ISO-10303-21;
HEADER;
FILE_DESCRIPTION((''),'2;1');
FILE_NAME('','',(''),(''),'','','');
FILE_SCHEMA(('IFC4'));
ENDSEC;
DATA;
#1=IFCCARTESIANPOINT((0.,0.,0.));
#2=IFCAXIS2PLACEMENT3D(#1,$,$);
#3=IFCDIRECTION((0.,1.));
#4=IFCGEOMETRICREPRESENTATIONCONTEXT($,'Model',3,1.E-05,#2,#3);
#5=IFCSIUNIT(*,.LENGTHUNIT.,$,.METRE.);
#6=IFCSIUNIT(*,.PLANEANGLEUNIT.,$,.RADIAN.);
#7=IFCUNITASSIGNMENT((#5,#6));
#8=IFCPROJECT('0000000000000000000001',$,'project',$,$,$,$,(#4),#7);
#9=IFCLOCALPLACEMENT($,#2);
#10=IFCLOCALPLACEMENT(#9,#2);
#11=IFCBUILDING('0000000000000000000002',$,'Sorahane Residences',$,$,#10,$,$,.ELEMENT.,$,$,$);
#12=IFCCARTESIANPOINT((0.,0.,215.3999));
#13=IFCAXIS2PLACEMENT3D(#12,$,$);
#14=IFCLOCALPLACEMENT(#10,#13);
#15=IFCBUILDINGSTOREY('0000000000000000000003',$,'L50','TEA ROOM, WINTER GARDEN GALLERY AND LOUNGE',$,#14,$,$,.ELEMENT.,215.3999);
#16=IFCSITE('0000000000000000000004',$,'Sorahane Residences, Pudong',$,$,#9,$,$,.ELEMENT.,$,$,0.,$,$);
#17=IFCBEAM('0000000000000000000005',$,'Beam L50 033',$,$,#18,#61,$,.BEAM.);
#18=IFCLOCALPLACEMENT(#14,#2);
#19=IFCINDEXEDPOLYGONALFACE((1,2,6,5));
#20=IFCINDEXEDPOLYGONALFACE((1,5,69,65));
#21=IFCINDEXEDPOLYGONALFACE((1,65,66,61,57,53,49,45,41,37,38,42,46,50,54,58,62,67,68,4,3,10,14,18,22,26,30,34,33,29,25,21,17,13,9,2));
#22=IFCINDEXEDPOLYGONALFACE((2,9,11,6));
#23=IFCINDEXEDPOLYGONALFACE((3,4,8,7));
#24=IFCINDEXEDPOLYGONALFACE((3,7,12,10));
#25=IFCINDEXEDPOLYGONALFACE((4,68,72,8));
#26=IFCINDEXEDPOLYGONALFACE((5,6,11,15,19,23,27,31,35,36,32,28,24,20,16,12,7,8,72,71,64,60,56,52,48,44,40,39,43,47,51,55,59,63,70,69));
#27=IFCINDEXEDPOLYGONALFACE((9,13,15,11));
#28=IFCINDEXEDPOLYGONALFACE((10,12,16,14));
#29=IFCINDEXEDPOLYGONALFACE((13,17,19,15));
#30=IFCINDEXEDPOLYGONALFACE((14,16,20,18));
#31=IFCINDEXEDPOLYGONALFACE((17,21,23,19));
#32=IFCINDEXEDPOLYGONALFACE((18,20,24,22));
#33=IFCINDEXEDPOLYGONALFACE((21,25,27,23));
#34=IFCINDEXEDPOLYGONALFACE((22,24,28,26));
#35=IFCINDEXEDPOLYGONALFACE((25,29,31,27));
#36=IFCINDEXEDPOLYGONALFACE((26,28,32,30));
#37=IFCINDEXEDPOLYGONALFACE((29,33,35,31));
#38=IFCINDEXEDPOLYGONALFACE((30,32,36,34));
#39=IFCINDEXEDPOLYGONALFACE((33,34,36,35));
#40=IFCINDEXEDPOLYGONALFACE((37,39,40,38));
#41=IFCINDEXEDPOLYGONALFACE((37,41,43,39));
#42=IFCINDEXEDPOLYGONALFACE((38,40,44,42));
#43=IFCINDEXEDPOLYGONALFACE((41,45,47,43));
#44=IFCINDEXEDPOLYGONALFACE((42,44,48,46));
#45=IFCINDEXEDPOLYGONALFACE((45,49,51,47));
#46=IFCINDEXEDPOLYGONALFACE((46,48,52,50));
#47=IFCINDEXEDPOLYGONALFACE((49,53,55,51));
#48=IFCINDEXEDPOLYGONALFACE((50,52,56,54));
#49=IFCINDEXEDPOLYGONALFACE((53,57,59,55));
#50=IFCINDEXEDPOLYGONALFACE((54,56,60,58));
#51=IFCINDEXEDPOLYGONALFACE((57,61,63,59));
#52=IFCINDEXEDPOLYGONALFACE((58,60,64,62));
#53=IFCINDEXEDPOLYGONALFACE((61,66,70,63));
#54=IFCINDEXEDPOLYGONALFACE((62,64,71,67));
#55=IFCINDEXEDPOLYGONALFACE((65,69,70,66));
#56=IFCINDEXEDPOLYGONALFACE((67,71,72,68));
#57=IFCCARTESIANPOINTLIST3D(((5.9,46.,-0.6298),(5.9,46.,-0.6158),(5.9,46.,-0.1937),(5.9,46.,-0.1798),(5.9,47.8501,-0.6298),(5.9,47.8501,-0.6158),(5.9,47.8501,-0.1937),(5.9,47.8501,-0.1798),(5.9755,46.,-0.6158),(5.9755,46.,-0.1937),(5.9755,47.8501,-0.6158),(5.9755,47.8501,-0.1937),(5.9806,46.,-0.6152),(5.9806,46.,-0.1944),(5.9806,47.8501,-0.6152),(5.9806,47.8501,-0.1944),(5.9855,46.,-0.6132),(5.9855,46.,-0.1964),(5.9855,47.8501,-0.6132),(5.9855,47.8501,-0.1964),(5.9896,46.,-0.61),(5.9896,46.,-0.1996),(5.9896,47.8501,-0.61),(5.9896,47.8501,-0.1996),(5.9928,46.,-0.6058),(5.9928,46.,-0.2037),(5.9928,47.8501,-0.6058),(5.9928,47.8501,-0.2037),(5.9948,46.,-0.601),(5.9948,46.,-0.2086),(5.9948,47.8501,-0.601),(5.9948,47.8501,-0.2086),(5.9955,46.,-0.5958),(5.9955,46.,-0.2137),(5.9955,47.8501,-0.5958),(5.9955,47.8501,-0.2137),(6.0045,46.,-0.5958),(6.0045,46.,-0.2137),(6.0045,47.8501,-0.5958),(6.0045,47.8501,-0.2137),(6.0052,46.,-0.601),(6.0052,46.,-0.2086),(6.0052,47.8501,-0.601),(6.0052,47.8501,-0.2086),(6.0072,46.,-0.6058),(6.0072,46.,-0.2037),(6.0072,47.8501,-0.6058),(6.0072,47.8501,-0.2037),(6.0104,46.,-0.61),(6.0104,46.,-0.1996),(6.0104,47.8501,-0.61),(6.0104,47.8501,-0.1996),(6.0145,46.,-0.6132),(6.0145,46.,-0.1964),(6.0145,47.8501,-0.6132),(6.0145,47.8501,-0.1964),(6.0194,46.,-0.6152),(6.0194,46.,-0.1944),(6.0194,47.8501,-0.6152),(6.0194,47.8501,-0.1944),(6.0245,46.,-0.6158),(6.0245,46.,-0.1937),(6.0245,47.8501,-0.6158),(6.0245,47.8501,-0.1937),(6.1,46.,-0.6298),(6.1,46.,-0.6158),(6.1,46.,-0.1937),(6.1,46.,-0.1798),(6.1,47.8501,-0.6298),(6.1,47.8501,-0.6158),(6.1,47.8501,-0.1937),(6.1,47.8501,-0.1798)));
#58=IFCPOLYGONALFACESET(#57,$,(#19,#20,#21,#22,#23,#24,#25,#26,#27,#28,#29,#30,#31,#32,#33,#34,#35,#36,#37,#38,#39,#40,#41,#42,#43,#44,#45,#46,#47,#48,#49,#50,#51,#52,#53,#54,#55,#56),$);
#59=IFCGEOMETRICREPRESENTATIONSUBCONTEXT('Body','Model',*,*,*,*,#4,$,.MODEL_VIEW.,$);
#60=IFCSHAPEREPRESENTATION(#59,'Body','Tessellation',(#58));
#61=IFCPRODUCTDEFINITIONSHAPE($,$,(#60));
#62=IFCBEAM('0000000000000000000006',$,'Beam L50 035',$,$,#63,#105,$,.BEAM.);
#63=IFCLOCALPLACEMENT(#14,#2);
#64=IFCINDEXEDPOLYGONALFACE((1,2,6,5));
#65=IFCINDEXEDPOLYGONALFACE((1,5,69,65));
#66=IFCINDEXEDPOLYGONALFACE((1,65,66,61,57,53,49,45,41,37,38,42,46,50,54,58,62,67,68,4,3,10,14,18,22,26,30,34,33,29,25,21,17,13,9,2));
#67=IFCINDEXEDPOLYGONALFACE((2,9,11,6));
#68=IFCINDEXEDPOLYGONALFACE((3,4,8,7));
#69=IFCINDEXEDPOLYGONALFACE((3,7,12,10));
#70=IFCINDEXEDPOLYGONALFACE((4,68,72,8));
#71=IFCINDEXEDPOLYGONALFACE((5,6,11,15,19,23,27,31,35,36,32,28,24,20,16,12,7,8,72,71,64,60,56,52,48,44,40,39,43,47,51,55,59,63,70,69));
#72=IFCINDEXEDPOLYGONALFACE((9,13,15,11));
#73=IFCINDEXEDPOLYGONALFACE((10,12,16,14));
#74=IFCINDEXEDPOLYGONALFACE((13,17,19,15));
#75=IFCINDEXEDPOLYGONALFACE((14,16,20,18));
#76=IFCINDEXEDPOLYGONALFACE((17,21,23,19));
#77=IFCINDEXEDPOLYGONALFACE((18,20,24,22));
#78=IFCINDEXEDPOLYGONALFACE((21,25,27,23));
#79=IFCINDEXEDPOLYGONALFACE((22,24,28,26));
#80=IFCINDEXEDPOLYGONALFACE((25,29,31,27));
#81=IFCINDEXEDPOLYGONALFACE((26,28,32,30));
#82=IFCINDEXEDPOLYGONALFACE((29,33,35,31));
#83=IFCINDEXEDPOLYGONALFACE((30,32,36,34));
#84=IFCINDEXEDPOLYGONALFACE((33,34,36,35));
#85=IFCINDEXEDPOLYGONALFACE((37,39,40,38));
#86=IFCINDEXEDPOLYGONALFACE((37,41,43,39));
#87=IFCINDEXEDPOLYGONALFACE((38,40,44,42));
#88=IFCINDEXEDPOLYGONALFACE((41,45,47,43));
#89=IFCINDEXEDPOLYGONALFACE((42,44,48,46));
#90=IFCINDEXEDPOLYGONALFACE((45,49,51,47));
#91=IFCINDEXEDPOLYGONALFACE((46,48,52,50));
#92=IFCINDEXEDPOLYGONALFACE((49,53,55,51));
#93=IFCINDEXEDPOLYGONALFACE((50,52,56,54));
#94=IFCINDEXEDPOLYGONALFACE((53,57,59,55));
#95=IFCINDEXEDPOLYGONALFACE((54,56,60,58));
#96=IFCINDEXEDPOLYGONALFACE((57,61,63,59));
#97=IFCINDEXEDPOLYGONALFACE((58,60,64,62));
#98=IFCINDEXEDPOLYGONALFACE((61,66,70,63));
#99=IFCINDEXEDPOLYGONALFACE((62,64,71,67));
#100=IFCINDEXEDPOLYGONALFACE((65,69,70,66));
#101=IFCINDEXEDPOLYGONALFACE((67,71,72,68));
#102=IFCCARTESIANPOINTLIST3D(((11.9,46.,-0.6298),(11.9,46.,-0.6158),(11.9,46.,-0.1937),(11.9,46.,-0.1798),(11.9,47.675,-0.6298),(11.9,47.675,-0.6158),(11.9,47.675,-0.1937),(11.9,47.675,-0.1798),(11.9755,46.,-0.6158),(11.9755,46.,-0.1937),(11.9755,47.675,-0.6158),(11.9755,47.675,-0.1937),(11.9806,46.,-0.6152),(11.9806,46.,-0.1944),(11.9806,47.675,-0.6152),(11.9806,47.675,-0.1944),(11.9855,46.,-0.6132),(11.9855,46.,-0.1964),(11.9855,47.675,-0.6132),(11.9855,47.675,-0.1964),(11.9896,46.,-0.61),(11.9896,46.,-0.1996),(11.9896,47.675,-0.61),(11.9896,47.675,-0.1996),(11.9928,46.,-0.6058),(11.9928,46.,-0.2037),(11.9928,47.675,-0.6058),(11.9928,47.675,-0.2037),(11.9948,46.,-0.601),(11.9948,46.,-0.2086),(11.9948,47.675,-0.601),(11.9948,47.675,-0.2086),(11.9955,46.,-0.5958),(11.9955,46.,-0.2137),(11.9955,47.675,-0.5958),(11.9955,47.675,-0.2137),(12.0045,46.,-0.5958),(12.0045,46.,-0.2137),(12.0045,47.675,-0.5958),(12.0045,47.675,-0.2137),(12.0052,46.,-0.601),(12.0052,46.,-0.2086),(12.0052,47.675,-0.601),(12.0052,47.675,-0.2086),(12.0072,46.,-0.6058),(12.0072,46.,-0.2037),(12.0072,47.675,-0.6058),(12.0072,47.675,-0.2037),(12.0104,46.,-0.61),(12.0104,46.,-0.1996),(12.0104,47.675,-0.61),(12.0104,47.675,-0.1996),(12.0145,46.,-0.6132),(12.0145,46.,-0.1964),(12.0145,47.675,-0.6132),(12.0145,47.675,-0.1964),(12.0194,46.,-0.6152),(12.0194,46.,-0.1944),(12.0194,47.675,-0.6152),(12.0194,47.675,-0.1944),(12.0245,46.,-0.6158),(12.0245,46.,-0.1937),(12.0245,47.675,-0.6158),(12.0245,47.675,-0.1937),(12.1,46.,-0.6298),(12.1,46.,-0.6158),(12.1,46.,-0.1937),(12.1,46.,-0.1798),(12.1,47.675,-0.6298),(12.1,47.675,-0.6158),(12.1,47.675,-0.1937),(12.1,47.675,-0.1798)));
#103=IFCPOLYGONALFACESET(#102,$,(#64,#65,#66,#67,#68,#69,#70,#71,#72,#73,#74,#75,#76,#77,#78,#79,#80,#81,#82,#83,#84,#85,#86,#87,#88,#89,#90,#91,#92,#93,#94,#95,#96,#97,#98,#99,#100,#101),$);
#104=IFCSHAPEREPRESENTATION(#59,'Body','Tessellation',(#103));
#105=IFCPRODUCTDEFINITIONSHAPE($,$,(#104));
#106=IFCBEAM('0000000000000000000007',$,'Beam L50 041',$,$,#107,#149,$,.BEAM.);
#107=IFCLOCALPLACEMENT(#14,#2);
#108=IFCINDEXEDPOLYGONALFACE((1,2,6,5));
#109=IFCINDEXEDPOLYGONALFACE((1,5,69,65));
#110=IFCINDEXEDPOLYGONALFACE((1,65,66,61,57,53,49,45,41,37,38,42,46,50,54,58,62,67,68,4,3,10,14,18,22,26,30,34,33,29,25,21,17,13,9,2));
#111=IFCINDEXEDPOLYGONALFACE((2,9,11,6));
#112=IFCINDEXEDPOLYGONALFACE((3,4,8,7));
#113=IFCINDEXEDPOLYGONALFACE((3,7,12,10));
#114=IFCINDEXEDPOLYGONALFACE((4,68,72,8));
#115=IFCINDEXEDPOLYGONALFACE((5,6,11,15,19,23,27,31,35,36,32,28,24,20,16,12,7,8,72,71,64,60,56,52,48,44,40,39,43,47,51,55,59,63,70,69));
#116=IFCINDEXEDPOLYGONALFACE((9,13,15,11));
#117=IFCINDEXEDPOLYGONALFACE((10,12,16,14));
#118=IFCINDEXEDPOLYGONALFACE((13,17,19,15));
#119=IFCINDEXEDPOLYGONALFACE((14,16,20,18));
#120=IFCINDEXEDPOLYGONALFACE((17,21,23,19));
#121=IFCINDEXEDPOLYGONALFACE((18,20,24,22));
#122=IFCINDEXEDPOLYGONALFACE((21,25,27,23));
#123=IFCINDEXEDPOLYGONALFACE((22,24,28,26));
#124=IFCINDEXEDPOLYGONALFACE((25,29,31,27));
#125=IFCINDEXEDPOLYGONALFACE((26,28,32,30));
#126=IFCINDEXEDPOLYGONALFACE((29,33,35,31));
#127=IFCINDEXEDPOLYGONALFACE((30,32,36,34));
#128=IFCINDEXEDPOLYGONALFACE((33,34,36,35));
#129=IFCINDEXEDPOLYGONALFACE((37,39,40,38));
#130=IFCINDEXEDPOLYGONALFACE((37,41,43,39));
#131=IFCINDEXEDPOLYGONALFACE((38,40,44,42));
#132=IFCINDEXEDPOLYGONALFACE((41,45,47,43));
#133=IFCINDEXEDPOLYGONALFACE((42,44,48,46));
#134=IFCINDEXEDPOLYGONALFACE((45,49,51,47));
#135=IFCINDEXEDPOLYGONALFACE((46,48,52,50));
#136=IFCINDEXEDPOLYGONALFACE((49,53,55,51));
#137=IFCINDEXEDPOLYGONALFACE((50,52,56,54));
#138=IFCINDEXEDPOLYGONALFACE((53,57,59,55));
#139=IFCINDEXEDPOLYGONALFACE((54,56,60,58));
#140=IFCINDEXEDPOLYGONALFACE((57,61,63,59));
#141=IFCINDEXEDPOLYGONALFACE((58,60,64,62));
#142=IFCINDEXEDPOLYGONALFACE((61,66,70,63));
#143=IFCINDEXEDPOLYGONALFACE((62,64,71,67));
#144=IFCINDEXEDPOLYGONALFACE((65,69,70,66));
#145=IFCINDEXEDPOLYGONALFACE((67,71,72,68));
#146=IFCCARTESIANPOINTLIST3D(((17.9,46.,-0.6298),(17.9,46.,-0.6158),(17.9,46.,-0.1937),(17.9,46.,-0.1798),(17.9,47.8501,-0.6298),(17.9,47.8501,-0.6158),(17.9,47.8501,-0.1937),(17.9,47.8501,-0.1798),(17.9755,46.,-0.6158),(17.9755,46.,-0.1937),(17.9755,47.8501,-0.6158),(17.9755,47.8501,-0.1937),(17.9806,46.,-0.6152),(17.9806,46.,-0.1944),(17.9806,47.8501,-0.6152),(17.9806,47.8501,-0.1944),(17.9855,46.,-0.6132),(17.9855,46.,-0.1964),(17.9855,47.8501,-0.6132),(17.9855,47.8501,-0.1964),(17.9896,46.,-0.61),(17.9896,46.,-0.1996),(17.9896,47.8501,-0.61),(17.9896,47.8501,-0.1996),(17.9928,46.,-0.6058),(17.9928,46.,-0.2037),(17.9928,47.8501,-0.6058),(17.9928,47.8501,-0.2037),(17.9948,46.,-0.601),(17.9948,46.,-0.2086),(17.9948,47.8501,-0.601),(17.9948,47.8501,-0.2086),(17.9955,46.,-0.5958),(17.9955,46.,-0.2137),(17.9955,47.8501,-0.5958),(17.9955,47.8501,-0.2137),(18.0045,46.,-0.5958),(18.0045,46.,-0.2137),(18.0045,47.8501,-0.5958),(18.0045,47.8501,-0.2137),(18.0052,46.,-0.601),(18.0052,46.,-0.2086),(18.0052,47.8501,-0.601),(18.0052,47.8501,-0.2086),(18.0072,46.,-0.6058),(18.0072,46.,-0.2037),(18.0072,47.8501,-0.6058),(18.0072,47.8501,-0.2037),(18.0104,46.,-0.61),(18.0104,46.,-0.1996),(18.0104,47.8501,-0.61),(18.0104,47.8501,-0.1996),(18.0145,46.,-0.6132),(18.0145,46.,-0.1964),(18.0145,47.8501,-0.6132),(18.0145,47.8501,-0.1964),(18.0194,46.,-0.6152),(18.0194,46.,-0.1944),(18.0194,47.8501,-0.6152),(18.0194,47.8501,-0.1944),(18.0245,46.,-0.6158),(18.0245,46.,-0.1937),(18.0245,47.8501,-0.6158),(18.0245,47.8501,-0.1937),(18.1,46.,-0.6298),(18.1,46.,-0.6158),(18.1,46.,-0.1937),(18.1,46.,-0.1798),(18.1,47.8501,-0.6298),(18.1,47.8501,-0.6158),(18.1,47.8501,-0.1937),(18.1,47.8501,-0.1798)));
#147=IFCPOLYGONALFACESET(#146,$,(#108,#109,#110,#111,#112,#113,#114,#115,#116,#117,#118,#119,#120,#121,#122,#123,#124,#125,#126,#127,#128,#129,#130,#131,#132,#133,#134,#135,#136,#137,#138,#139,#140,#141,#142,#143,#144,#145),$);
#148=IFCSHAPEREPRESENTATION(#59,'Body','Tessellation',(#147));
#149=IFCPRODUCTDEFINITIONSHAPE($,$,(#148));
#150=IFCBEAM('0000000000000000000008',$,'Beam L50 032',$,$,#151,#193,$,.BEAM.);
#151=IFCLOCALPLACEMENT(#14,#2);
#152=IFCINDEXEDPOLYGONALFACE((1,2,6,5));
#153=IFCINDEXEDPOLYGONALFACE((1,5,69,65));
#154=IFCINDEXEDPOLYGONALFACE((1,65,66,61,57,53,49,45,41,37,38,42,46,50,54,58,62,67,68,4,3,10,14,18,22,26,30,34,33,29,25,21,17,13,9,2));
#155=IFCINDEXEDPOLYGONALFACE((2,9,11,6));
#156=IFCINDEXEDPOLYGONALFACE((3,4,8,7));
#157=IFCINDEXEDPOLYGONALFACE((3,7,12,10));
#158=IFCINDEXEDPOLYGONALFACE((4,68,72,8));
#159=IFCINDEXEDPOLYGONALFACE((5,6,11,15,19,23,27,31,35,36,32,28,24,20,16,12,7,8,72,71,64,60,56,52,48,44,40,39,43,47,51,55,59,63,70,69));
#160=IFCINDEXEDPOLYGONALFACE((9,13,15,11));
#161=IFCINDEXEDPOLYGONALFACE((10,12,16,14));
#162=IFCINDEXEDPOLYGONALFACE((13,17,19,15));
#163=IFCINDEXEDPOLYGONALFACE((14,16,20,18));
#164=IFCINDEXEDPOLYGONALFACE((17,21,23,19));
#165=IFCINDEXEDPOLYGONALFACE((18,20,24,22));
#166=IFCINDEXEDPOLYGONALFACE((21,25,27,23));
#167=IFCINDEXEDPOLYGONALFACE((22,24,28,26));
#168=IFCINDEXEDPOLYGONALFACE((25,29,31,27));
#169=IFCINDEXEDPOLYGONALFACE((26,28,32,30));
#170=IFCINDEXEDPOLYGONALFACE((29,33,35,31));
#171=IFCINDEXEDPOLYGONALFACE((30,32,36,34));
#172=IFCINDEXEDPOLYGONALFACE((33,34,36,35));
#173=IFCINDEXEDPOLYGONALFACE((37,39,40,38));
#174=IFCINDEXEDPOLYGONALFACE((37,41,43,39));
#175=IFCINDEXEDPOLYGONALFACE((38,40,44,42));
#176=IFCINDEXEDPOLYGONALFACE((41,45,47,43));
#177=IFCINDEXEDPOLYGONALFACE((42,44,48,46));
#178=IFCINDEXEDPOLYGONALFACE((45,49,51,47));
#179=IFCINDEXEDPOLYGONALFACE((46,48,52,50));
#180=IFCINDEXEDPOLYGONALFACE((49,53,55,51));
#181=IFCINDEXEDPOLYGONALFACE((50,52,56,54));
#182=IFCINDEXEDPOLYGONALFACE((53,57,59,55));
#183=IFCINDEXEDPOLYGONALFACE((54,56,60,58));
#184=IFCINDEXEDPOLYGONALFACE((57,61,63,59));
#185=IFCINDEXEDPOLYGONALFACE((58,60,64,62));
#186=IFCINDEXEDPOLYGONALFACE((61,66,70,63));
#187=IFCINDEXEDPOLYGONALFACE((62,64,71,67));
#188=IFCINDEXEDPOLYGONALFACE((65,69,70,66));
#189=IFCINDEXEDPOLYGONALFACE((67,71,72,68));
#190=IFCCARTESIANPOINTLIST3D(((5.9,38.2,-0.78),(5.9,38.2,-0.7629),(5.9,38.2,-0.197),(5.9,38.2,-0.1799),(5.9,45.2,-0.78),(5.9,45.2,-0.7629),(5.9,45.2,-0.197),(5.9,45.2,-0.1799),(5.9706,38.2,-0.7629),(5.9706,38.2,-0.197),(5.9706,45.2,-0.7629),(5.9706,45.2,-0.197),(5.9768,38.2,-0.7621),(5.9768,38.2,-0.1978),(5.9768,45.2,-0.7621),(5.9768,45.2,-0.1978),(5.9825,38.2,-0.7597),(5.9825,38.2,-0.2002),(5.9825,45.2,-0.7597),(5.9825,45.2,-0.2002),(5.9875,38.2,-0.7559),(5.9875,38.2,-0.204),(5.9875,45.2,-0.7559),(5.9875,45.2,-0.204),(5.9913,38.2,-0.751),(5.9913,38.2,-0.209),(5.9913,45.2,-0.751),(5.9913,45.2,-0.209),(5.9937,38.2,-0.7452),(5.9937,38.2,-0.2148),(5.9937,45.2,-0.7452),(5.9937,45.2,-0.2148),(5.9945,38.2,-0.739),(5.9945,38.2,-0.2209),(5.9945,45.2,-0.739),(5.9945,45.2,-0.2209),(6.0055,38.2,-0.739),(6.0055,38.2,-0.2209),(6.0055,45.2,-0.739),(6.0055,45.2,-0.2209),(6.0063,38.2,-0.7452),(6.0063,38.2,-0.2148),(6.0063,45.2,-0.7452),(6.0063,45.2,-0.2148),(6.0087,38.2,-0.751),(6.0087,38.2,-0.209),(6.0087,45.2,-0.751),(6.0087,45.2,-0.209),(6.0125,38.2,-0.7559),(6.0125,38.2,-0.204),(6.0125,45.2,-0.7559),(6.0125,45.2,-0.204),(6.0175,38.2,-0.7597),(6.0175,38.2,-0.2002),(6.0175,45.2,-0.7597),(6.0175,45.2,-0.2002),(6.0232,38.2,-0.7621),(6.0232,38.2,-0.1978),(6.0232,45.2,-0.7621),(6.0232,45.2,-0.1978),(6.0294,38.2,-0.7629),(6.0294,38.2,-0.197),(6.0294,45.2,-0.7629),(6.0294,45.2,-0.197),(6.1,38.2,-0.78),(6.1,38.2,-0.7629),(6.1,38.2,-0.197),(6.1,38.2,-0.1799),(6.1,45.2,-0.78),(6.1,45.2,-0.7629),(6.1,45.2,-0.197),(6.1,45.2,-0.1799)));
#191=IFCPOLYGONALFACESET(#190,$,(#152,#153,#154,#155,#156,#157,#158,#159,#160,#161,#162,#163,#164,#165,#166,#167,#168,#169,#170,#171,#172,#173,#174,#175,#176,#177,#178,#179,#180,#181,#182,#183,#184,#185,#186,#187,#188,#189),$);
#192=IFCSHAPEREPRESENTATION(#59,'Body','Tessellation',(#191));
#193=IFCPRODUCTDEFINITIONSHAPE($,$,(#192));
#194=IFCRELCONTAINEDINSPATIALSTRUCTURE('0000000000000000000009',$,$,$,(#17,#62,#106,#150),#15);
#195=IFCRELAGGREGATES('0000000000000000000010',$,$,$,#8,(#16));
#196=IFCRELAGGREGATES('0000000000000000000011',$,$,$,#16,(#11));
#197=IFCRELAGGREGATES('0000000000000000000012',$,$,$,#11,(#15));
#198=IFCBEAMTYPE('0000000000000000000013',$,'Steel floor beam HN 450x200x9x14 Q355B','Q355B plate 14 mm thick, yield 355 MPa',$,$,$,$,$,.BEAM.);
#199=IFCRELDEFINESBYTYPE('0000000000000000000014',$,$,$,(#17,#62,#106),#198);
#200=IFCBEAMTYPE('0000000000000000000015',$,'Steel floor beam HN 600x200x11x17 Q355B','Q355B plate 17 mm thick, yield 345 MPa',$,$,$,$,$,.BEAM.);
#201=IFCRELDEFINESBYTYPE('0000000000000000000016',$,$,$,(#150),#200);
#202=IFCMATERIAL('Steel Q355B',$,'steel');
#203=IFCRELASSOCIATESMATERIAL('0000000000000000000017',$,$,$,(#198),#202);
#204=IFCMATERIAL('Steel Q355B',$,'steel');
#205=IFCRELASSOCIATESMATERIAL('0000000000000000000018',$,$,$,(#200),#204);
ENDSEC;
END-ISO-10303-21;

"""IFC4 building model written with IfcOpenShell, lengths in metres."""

from ifc_helpers import new_model, si_unit, direction, frame, origin, origin_2d, place, context, subcontext, project, spatial, i_section, extrude, material, material_profile, profile_set, type_object, element, save


model = new_model("IFC4")

# Units and contexts
model_context = context("Model", 3, precision=1e-05, world=origin(), true_north=direction((0.0, 1.0)))
body_context = subcontext(model_context, "Body", "Model", "MODEL_VIEW")
ifc_project = project(units=[si_unit("LENGTHUNIT", "METRE"), si_unit("PLANEANGLEUNIT", "RADIAN")], contexts=[model_context])

# Site, building, storey
site_placement = place(None, origin())
site = spatial("IfcSite", under=ifc_project, at=site_placement, Name="Sorahane Residences, Pudong", CompositionType="ELEMENT", RefElevation=0.0)
building_placement = place(site_placement, origin())
building = spatial("IfcBuilding", under=site, at=building_placement, Name="Sorahane Residences", CompositionType="ELEMENT")
storey_placement = place(building_placement, frame((0.0, 0.0, 215.3999)))
storey = spatial("IfcBuildingStorey", under=building, at=storey_placement, Name="L50", Description="TEA ROOM, WINTER GARDEN GALLERY AND LOUNGE", CompositionType="ELEMENT", Elevation=215.3999)

# Beams
ifc_material_1 = material(Name="Steel Q355B", Category="steel")
ifc_material_profile_1 = material_profile(ifc_material_1, i_section(OverallWidth=0.2, OverallDepth=0.45, WebThickness=0.009, FlangeThickness=0.0139, FilletRadius=0.02, at=origin_2d()), Name="HN 450x200x9x14")
ifc_profile_set_1 = profile_set([ifc_material_profile_1], Name="Steel Q355B")
beam_type_1 = type_object("IfcBeamType", Name="Steel floor beam HN 450x200x9x14 Q355B", Description="Q355B plate 14 mm thick, yield 355 MPa", PredefinedType="BEAM", material=ifc_profile_set_1)
beam_1_placement = place(storey_placement, frame((6.0, 46.0, -0.4048), z_axis=(0.0, 1.0, 0.0), x_axis=(-1.0, 0.0, 0.0)))
element("IfcBeam", 1, at=beam_1_placement, inside=storey, type_object=beam_type_1, Name="Beam L50 033", PredefinedType="BEAM", context=body_context, shape_type="SweptSolid", body=[
    extrude(i_section(OverallWidth=0.2, OverallDepth=0.45, WebThickness=0.009, FlangeThickness=0.0139, FilletRadius=0.02, at=origin_2d()), origin(), (0.0, 0.0, 1.0), 1.8501),
])
beam_2_placement = place(storey_placement, frame((12.0, 46.0, -0.4048), z_axis=(0.0, 1.0, 0.0), x_axis=(-1.0, 0.0, 0.0)))
element("IfcBeam", 2, at=beam_2_placement, inside=storey, type_object=beam_type_1, Name="Beam L50 035", PredefinedType="BEAM", context=body_context, shape_type="SweptSolid", body=[
    extrude(i_section(OverallWidth=0.2, OverallDepth=0.45, WebThickness=0.009, FlangeThickness=0.0139, FilletRadius=0.02, at=origin_2d()), origin(), (0.0, 0.0, 1.0), 1.675),
])
beam_3_placement = place(storey_placement, frame((18.0, 46.0, -0.4048), z_axis=(0.0, 1.0, 0.0), x_axis=(-1.0, 0.0, 0.0)))
element("IfcBeam", 3, at=beam_3_placement, inside=storey, type_object=beam_type_1, Name="Beam L50 041", PredefinedType="BEAM", context=body_context, shape_type="SweptSolid", body=[
    extrude(i_section(OverallWidth=0.2, OverallDepth=0.45, WebThickness=0.009, FlangeThickness=0.0139, FilletRadius=0.02, at=origin_2d()), origin(), (0.0, 0.0, 1.0), 1.8501),
])
ifc_material_2 = material(Name="Steel Q355B", Category="steel")
ifc_material_profile_2 = material_profile(ifc_material_2, i_section(OverallWidth=0.2, OverallDepth=0.6001, WebThickness=0.011, FlangeThickness=0.0171, FilletRadius=0.0239, at=origin_2d()), Name="HN 600x200x11x17")
ifc_profile_set_2 = profile_set([ifc_material_profile_2], Name="Steel Q355B")
beam_type_2 = type_object("IfcBeamType", Name="Steel floor beam HN 600x200x11x17 Q355B", Description="Q355B plate 17 mm thick, yield 345 MPa", PredefinedType="BEAM", material=ifc_profile_set_2)
for number, where, z_axis, x_axis, name in (
    (4, (6.0, 38.2, -0.48), (0.0, 1.0, 0.0), (-1.0, 0.0, 0.0), "Beam L50 032"),
):
    element("IfcBeam", number, at=place(storey_placement, frame(where, z_axis=z_axis, x_axis=x_axis)), inside=storey, type_object=beam_type_2, Name=name, PredefinedType="BEAM", context=body_context, shape_type="SweptSolid", body=[
        extrude(i_section(OverallWidth=0.2, OverallDepth=0.6001, WebThickness=0.011, FlangeThickness=0.0171, FilletRadius=0.0239, at=origin_2d()), origin(), (0.0, 0.0, 1.0), 7.0),
    ])

save(model, "model.ifc")
